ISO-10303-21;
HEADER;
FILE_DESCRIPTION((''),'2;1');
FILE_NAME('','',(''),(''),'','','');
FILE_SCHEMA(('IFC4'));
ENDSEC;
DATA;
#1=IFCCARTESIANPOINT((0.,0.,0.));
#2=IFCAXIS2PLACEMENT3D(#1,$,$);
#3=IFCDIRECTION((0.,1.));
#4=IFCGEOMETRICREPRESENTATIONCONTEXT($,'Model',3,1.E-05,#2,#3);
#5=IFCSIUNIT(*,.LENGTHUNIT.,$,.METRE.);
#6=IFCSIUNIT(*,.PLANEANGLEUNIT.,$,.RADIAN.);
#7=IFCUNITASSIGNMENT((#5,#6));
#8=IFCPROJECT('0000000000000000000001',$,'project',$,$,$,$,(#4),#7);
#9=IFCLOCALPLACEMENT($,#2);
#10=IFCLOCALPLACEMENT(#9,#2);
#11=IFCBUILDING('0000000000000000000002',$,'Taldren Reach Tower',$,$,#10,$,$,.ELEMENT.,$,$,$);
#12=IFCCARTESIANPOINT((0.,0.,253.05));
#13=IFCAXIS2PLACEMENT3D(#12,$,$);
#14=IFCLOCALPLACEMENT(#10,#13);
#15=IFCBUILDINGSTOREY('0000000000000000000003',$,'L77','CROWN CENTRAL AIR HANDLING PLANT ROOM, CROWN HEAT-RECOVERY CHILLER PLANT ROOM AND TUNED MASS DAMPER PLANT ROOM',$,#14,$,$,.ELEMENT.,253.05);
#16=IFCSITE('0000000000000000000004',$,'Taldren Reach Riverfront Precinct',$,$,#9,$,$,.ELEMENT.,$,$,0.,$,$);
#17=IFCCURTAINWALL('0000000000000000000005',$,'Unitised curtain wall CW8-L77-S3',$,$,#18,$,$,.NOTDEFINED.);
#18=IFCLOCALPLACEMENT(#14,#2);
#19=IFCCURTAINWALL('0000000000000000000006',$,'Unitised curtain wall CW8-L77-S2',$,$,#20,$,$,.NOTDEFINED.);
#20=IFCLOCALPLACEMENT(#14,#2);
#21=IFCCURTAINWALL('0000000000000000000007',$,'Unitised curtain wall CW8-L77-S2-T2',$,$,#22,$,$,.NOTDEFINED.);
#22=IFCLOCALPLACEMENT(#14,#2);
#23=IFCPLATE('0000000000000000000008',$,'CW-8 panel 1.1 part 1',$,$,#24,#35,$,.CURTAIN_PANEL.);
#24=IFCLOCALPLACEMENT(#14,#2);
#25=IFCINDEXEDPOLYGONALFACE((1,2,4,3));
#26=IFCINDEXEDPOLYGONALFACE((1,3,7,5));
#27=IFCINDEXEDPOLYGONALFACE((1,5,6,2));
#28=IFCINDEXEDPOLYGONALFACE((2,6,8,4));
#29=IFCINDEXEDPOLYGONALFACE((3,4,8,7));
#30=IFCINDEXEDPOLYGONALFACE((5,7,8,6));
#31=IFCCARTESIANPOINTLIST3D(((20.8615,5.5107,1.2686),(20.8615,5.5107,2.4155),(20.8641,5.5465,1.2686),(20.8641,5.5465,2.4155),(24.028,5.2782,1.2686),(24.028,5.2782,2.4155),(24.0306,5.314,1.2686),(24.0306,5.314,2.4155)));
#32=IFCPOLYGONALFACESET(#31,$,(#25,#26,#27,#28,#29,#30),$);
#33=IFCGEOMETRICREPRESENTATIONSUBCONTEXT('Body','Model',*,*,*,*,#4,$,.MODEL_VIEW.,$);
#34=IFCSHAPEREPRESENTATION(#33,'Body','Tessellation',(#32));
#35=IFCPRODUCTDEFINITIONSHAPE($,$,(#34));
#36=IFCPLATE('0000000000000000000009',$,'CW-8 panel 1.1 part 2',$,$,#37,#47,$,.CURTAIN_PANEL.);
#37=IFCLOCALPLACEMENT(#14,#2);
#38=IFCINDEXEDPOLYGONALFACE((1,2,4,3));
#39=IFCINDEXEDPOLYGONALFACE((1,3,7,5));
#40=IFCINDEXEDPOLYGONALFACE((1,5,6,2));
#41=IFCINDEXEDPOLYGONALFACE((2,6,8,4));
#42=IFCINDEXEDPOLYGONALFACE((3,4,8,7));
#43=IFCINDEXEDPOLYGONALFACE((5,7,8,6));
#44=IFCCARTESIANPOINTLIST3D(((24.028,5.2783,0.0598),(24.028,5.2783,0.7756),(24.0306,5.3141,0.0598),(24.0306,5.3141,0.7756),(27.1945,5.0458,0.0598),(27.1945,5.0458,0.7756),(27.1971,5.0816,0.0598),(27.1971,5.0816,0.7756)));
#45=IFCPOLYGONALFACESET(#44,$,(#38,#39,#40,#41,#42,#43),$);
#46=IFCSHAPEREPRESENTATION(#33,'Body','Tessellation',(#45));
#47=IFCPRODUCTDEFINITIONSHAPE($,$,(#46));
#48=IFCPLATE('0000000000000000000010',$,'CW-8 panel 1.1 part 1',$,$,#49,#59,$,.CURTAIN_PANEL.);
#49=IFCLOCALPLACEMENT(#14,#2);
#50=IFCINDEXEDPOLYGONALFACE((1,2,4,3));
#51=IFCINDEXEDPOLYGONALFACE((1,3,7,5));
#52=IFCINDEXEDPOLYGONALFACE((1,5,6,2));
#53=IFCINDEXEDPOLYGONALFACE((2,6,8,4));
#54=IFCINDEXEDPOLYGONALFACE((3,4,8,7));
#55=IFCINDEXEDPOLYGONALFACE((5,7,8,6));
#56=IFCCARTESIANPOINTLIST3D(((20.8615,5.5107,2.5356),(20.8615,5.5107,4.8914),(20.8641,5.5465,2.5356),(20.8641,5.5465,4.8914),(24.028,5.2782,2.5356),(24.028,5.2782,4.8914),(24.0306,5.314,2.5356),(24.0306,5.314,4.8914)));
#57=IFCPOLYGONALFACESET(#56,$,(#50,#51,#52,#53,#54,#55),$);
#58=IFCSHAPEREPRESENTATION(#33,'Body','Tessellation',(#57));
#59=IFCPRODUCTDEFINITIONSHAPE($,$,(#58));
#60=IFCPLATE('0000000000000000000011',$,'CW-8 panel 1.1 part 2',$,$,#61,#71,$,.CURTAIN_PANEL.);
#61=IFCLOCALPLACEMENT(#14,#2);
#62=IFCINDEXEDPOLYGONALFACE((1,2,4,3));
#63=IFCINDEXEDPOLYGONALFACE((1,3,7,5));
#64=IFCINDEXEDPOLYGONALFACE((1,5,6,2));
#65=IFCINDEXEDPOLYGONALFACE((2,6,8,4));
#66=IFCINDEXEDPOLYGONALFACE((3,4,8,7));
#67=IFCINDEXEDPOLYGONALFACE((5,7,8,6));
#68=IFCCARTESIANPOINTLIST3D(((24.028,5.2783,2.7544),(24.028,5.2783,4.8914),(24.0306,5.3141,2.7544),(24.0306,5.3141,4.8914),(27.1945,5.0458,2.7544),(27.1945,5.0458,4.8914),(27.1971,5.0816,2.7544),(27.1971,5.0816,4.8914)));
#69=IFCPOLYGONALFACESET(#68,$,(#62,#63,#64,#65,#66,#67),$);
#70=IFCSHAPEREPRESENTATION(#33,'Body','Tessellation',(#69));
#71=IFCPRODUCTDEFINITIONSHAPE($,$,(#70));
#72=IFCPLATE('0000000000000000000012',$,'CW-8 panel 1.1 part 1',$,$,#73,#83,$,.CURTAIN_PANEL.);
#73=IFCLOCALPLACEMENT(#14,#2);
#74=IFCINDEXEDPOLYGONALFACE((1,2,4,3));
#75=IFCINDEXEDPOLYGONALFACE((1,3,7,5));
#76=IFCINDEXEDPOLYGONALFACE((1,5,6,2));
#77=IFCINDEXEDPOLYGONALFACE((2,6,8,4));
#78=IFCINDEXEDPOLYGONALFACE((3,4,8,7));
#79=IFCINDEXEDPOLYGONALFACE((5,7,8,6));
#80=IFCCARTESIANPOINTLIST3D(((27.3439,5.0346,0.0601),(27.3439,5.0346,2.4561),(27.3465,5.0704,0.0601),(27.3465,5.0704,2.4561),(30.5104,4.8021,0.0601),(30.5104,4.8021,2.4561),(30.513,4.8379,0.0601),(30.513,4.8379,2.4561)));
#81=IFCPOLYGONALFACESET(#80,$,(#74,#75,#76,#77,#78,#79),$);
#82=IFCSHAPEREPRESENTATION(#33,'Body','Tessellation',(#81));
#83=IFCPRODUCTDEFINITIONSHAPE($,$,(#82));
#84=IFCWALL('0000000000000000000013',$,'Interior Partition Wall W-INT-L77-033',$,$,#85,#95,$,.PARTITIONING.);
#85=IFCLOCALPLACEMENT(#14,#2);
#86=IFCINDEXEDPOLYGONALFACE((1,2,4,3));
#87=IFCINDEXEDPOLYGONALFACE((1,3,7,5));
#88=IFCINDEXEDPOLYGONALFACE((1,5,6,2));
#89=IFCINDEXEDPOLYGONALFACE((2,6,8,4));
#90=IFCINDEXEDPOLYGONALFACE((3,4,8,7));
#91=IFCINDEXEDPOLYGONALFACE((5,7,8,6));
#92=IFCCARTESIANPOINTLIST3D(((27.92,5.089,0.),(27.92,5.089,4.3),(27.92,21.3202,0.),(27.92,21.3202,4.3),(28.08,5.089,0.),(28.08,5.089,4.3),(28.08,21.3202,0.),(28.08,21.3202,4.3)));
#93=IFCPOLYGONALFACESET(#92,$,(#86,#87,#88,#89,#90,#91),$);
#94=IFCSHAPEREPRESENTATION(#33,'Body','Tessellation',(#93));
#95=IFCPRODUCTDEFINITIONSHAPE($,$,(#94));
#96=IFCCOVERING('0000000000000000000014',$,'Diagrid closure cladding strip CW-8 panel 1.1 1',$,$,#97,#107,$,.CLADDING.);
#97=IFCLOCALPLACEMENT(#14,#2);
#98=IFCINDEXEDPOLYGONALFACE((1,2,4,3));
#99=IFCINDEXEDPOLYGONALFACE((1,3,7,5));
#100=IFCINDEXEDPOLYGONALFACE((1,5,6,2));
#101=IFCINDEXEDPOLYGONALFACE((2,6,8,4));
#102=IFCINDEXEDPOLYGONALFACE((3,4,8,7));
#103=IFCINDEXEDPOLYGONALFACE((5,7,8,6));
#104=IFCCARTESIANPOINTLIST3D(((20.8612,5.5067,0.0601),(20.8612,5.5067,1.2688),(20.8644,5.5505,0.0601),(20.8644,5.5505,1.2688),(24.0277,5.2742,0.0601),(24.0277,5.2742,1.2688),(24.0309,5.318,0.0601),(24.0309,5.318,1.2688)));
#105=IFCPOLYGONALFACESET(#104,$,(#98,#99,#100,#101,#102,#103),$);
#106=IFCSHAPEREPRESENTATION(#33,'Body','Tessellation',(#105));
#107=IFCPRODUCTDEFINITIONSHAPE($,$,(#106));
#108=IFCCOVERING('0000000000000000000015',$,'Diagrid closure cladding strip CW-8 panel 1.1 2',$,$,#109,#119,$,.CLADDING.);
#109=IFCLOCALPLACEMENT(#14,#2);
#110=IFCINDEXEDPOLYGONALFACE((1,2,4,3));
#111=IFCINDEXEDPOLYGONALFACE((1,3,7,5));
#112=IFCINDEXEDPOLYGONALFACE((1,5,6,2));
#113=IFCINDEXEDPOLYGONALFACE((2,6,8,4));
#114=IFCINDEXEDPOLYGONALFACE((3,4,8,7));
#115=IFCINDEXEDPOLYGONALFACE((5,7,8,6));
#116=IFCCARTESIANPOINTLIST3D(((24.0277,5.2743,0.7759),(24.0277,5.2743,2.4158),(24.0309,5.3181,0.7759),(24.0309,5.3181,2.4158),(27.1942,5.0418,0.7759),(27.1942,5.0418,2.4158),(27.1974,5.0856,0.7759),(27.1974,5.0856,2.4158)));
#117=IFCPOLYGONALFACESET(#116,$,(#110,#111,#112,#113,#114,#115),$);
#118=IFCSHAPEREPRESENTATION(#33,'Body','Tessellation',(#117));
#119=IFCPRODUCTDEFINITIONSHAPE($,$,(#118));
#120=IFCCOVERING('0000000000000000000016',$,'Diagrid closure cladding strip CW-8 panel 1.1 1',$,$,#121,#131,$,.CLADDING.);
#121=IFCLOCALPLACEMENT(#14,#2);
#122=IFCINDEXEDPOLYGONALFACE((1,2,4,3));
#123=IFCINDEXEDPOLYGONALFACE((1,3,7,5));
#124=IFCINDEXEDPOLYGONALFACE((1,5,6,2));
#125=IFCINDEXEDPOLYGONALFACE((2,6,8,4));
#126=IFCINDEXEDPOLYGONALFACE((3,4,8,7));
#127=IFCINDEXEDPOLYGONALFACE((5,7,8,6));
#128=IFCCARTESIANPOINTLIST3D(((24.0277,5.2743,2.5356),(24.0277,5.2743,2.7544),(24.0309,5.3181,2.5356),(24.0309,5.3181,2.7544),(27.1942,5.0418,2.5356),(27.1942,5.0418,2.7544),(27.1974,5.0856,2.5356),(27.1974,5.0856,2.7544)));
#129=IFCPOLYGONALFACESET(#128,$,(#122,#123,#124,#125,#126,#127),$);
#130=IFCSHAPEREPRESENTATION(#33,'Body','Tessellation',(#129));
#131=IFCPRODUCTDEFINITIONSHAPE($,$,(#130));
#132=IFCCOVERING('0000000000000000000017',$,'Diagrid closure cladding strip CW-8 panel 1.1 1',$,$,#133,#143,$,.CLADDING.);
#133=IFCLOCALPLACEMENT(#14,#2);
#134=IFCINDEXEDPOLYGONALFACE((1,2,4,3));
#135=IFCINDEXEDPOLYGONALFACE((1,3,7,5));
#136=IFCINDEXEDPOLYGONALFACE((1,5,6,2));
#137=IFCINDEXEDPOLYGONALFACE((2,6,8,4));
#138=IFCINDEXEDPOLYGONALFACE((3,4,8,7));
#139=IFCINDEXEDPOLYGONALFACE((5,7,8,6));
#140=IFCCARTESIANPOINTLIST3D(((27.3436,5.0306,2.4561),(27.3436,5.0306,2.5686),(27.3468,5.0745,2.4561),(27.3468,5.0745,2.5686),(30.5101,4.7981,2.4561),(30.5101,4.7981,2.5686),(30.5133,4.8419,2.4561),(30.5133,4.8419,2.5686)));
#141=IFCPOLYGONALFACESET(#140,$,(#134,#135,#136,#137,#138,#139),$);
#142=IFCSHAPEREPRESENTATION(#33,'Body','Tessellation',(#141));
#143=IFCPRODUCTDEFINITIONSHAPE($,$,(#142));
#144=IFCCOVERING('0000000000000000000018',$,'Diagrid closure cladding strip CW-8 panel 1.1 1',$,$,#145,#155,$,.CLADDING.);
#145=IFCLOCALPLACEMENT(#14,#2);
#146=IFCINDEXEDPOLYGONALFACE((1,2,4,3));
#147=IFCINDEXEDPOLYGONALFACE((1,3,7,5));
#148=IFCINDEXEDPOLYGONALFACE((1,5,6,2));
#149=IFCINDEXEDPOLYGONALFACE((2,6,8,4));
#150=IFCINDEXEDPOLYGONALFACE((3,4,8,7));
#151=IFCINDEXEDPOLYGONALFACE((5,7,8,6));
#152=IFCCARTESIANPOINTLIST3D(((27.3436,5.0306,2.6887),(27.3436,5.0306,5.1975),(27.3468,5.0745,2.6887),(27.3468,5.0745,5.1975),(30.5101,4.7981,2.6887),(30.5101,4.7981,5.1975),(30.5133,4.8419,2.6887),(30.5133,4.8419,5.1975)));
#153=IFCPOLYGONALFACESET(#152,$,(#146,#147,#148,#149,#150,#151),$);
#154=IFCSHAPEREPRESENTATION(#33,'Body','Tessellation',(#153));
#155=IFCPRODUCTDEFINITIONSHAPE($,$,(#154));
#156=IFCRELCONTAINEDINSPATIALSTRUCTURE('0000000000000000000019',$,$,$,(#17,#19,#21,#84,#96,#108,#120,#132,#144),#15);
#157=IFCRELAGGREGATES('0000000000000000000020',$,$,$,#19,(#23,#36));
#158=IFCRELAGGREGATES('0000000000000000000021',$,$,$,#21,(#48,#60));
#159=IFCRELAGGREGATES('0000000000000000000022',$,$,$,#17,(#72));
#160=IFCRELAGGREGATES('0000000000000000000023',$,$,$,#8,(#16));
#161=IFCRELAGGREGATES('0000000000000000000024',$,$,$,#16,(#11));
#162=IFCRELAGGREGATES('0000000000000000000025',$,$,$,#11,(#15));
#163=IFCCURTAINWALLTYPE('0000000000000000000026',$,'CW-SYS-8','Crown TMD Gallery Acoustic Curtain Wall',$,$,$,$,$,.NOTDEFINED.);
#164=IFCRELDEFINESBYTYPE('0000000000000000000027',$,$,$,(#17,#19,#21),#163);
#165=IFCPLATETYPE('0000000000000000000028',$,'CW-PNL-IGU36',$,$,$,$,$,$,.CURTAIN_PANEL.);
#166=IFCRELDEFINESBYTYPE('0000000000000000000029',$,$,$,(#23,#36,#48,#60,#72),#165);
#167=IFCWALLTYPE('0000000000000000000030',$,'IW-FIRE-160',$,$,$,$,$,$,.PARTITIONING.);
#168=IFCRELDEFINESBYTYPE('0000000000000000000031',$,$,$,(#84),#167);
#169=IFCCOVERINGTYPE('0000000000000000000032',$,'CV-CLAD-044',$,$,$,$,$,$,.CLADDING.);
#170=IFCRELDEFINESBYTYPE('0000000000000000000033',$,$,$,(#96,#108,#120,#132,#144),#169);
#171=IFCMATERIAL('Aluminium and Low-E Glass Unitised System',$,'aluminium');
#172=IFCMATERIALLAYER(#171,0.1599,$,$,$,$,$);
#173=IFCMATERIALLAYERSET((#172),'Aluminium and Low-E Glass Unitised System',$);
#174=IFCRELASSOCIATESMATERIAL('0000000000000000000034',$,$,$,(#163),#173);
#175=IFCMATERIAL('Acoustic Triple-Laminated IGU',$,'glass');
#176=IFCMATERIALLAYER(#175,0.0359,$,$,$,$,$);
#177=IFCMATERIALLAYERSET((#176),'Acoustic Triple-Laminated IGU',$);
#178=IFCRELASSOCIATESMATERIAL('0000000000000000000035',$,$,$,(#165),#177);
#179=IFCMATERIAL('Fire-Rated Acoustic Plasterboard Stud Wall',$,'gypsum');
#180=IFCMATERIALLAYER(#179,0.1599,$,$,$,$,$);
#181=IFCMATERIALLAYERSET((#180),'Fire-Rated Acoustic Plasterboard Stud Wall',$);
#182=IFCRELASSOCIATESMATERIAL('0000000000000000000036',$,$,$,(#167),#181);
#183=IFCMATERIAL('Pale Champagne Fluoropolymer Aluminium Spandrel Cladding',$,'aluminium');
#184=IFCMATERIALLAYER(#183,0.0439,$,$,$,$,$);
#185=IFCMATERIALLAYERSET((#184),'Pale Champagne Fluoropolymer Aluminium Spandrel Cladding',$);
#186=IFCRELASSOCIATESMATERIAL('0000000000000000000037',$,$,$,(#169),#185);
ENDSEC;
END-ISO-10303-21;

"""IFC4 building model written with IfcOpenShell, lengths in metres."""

from ifc_helpers import new_model, si_unit, direction, frame, frame_2d, origin, origin_2d, place, context, subcontext, project, spatial, rectangle, extrude, source, transform, mapped, material, layer, layer_set, type_object, element, aggregate, save


model = new_model("IFC4")

# Units and contexts
model_context = context("Model", 3, precision=1e-05, world=origin(), true_north=direction((0.0, 1.0)))
body_context = subcontext(model_context, "Body", "Model", "MODEL_VIEW")
ifc_project = project(units=[si_unit("LENGTHUNIT", "METRE"), si_unit("PLANEANGLEUNIT", "RADIAN")], contexts=[model_context])

# Site, building, storey
site_placement = place(None, origin())
site = spatial("IfcSite", under=ifc_project, at=site_placement, Name="Taldren Reach Riverfront Precinct", CompositionType="ELEMENT", RefElevation=0.0)
building_placement = place(site_placement, origin())
building = spatial("IfcBuilding", under=site, at=building_placement, Name="Taldren Reach Tower", CompositionType="ELEMENT")
storey_placement = place(building_placement, frame((0.0, 0.0, 253.05)))
storey = spatial("IfcBuildingStorey", under=building, at=storey_placement, Name="L77", Description="CROWN CENTRAL AIR HANDLING PLANT ROOM, CROWN HEAT-RECOVERY CHILLER PLANT ROOM AND TUNED MASS DAMPER PLANT ROOM", CompositionType="ELEMENT", Elevation=253.05)

# Curtain wall
ifc_material_1 = material(Name="Aluminium and Low-E Glass Unitised System", Category="aluminium")
ifc_layer_1 = layer(ifc_material_1, 0.1599)
ifc_layer_set_1 = layer_set([ifc_layer_1], Name="Aluminium and Low-E Glass Unitised System")
curtain_wall_type = type_object("IfcCurtainWallType", Name="CW-SYS-8", Description="Crown TMD Gallery Acoustic Curtain Wall", PredefinedType="NOTDEFINED", material=ifc_layer_set_1)
curtain_wall_1_placement = place(storey_placement, origin())
curtain_wall_1 = element("IfcCurtainWall", 1, at=curtain_wall_1_placement, inside=storey, type_object=curtain_wall_type, Name="Unitised curtain wall CW8-L77-S3", PredefinedType="NOTDEFINED")

# Curtain walls
curtain_wall_2_placement = place(storey_placement, origin())
curtain_wall_2 = element("IfcCurtainWall", 2, at=curtain_wall_2_placement, inside=storey, type_object=curtain_wall_type, Name="Unitised curtain wall CW8-L77-S2", PredefinedType="NOTDEFINED")
curtain_wall_3_placement = place(storey_placement, origin())
curtain_wall_3 = element("IfcCurtainWall", 3, at=curtain_wall_3_placement, inside=storey, type_object=curtain_wall_type, Name="Unitised curtain wall CW8-L77-S2-T2", PredefinedType="NOTDEFINED")

# Plates
ifc_material_2 = material(Name="Acoustic Triple-Laminated IGU", Category="glass")
ifc_layer_2 = layer(ifc_material_2, 0.0359)
ifc_layer_set_2 = layer_set([ifc_layer_2], Name="Acoustic Triple-Laminated IGU")
plate_type_1 = type_object("IfcPlateType", Name="CW-PNL-IGU36", PredefinedType="CURTAIN_PANEL", material=ifc_layer_set_2)
shared_shape_1 = source(origin(), body_context, "Body", "SweptSolid", [
    extrude(rectangle(XDim=3.175, YDim=0.0359, at=origin_2d()), origin(), (0.0, 0.0, 1.0), 1.147),
])
plate_1_placement = place(storey_placement, frame((22.446, 5.4124, 1.2686), z_axis=(0.0, 0.0, 1.0), x_axis=(0.997314, -0.073238, 0.0)))
plate_1 = element("IfcPlate", 4, at=plate_1_placement, type_object=plate_type_1, Name="CW-8 panel 1.1 part 1", PredefinedType="CURTAIN_PANEL", context=body_context, shape_type="MappedRepresentation", body=[
    mapped(shared_shape_1, transform((0.0, 0.0, 0.0), scale=1.0)),
])
shared_shape_2 = source(origin(), body_context, "Body", "SweptSolid", [
    extrude(rectangle(XDim=3.175, YDim=0.0359, at=origin_2d()), origin(), (0.0, 0.0, 1.0), 0.7158),
])
plate_2_placement = place(storey_placement, frame((25.6125, 5.1799, 0.0598), z_axis=(0.0, 0.0, 1.0), x_axis=(0.997314, -0.073238, 0.0)))
plate_2 = element("IfcPlate", 5, at=plate_2_placement, type_object=plate_type_1, Name="CW-8 panel 1.1 part 2", PredefinedType="CURTAIN_PANEL", context=body_context, shape_type="MappedRepresentation", body=[
    mapped(shared_shape_2, transform((0.0, 0.0, 0.0), scale=1.0)),
])
aggregate(curtain_wall_2, [plate_1, plate_2])
shared_shape_3 = source(origin(), body_context, "Body", "SweptSolid", [
    extrude(rectangle(XDim=3.175, YDim=0.0359, at=origin_2d()), origin(), (0.0, 0.0, 1.0), 2.3557),
])
plate_3_placement = place(storey_placement, frame((22.446, 5.4124, 2.5356), z_axis=(0.0, 0.0, 1.0), x_axis=(0.997314, -0.073238, 0.0)))
plate_3 = element("IfcPlate", 6, at=plate_3_placement, type_object=plate_type_1, Name="CW-8 panel 1.1 part 1", PredefinedType="CURTAIN_PANEL", context=body_context, shape_type="MappedRepresentation", body=[
    mapped(shared_shape_3, transform((0.0, 0.0, 0.0), scale=1.0)),
])
shared_shape_4 = source(origin(), body_context, "Body", "SweptSolid", [
    extrude(rectangle(XDim=3.175, YDim=0.0359, at=origin_2d()), origin(), (0.0, 0.0, 1.0), 2.137),
])
plate_4_placement = place(storey_placement, frame((25.6125, 5.1799, 2.7544), z_axis=(0.0, 0.0, 1.0), x_axis=(0.997314, -0.073238, 0.0)))
plate_4 = element("IfcPlate", 7, at=plate_4_placement, type_object=plate_type_1, Name="CW-8 panel 1.1 part 2", PredefinedType="CURTAIN_PANEL", context=body_context, shape_type="MappedRepresentation", body=[
    mapped(shared_shape_4, transform((0.0, 0.0, 0.0), scale=1.0)),
])
aggregate(curtain_wall_3, [plate_3, plate_4])
shared_shape_5 = source(origin(), body_context, "Body", "SweptSolid", [
    extrude(rectangle(XDim=3.175, YDim=0.0359, at=origin_2d()), origin(), (0.0, 0.0, 1.0), 2.396),
])
plate_5_placement = place(storey_placement, frame((28.9285, 4.9363, 0.0601), z_axis=(0.0, 0.0, 1.0), x_axis=(0.997315, -0.073237, 0.0)))
plate_5 = element("IfcPlate", 8, at=plate_5_placement, type_object=plate_type_1, Name="CW-8 panel 1.1 part 1", PredefinedType="CURTAIN_PANEL", context=body_context, shape_type="MappedRepresentation", body=[
    mapped(shared_shape_5, transform((0.0, 0.0, 0.0), scale=1.0)),
])
aggregate(curtain_wall_1, [plate_5])

# Wall
ifc_material_3 = material(Name="Fire-Rated Acoustic Plasterboard Stud Wall", Category="gypsum")
ifc_layer_3 = layer(ifc_material_3, 0.1599)
ifc_layer_set_3 = layer_set([ifc_layer_3], Name="Fire-Rated Acoustic Plasterboard Stud Wall")
wall_type = type_object("IfcWallType", Name="IW-FIRE-160", PredefinedType="PARTITIONING", material=ifc_layer_set_3)
shared_shape_6 = source(origin(), body_context, "Body", "SweptSolid", [
    extrude(rectangle(XDim=16.2312, YDim=0.1599, at=frame_2d((8.1157, 0.0))), origin(), (0.0, 0.0, 1.0), 4.3),
])
wall_placement = place(storey_placement, frame((28.0, 5.0889, 0.0), z_axis=(0.0, 0.0, 1.0), x_axis=(0.0, 1.0, 0.0)))
element("IfcWall", 9, at=wall_placement, inside=storey, type_object=wall_type, Name="Interior Partition Wall W-INT-L77-033", PredefinedType="PARTITIONING", context=body_context, shape_type="MappedRepresentation", body=[
    mapped(shared_shape_6, transform((0.0, 0.0, 0.0), scale=1.0)),
])

# Coverings
ifc_material_4 = material(Name="Pale Champagne Fluoropolymer Aluminium Spandrel Cladding", Category="aluminium")
ifc_layer_4 = layer(ifc_material_4, 0.0439)
ifc_layer_set_4 = layer_set([ifc_layer_4], Name="Pale Champagne Fluoropolymer Aluminium Spandrel Cladding")
covering_type = type_object("IfcCoveringType", Name="CV-CLAD-044", PredefinedType="CLADDING", material=ifc_layer_set_4)
shared_shape_7 = source(origin(), body_context, "Body", "SweptSolid", [
    extrude(rectangle(XDim=3.175, YDim=0.0439, at=origin_2d()), origin(), (0.0, 0.0, 1.0), 1.2087),
])
covering_1_placement = place(storey_placement, frame((22.446, 5.4124, 0.0601), z_axis=(0.0, 0.0, 1.0), x_axis=(0.997314, -0.073238, 0.0)))
element("IfcCovering", 10, at=covering_1_placement, inside=storey, type_object=covering_type, Name="Diagrid closure cladding strip CW-8 panel 1.1 1", PredefinedType="CLADDING", context=body_context, shape_type="MappedRepresentation", body=[
    mapped(shared_shape_7, transform((0.0, 0.0, 0.0), scale=1.0)),
])
shared_shape_8 = source(origin(), body_context, "Body", "SweptSolid", [
    extrude(rectangle(XDim=3.175, YDim=0.0439, at=origin_2d()), origin(), (0.0, 0.0, 1.0), 1.6399),
])
covering_2_placement = place(storey_placement, frame((25.6125, 5.1799, 0.7759), z_axis=(0.0, 0.0, 1.0), x_axis=(0.997314, -0.073238, 0.0)))
element("IfcCovering", 11, at=covering_2_placement, inside=storey, type_object=covering_type, Name="Diagrid closure cladding strip CW-8 panel 1.1 2", PredefinedType="CLADDING", context=body_context, shape_type="MappedRepresentation", body=[
    mapped(shared_shape_8, transform((0.0, 0.0, 0.0), scale=1.0)),
])
shared_shape_9 = source(origin(), body_context, "Body", "SweptSolid", [
    extrude(rectangle(XDim=3.175, YDim=0.0439, at=origin_2d()), origin(), (0.0, 0.0, 1.0), 0.2188),
])
covering_3_placement = place(storey_placement, frame((25.6125, 5.1799, 2.5356), z_axis=(0.0, 0.0, 1.0), x_axis=(0.997314, -0.073238, 0.0)))
element("IfcCovering", 12, at=covering_3_placement, inside=storey, type_object=covering_type, Name="Diagrid closure cladding strip CW-8 panel 1.1 1", PredefinedType="CLADDING", context=body_context, shape_type="MappedRepresentation", body=[
    mapped(shared_shape_9, transform((0.0, 0.0, 0.0), scale=1.0)),
])
shared_shape_10 = source(origin(), body_context, "Body", "SweptSolid", [
    extrude(rectangle(XDim=3.175, YDim=0.0439, at=origin_2d()), origin(), (0.0, 0.0, 1.0), 0.1125),
])
covering_4_placement = place(storey_placement, frame((28.9285, 4.9363, 2.4561), z_axis=(0.0, 0.0, 1.0), x_axis=(0.997315, -0.073237, 0.0)))
element("IfcCovering", 13, at=covering_4_placement, inside=storey, type_object=covering_type, Name="Diagrid closure cladding strip CW-8 panel 1.1 1", PredefinedType="CLADDING", context=body_context, shape_type="MappedRepresentation", body=[
    mapped(shared_shape_10, transform((0.0, 0.0, 0.0), scale=1.0)),
])
shared_shape_11 = source(origin(), body_context, "Body", "SweptSolid", [
    extrude(rectangle(XDim=3.175, YDim=0.0439, at=origin_2d()), origin(), (0.0, 0.0, 1.0), 2.5088),
])
covering_5_placement = place(storey_placement, frame((28.9285, 4.9363, 2.6887), z_axis=(0.0, 0.0, 1.0), x_axis=(0.997315, -0.073237, 0.0)))
element("IfcCovering", 14, at=covering_5_placement, inside=storey, type_object=covering_type, Name="Diagrid closure cladding strip CW-8 panel 1.1 1", PredefinedType="CLADDING", context=body_context, shape_type="MappedRepresentation", body=[
    mapped(shared_shape_11, transform((0.0, 0.0, 0.0), scale=1.0)),
])

save(model, "model.ifc")
